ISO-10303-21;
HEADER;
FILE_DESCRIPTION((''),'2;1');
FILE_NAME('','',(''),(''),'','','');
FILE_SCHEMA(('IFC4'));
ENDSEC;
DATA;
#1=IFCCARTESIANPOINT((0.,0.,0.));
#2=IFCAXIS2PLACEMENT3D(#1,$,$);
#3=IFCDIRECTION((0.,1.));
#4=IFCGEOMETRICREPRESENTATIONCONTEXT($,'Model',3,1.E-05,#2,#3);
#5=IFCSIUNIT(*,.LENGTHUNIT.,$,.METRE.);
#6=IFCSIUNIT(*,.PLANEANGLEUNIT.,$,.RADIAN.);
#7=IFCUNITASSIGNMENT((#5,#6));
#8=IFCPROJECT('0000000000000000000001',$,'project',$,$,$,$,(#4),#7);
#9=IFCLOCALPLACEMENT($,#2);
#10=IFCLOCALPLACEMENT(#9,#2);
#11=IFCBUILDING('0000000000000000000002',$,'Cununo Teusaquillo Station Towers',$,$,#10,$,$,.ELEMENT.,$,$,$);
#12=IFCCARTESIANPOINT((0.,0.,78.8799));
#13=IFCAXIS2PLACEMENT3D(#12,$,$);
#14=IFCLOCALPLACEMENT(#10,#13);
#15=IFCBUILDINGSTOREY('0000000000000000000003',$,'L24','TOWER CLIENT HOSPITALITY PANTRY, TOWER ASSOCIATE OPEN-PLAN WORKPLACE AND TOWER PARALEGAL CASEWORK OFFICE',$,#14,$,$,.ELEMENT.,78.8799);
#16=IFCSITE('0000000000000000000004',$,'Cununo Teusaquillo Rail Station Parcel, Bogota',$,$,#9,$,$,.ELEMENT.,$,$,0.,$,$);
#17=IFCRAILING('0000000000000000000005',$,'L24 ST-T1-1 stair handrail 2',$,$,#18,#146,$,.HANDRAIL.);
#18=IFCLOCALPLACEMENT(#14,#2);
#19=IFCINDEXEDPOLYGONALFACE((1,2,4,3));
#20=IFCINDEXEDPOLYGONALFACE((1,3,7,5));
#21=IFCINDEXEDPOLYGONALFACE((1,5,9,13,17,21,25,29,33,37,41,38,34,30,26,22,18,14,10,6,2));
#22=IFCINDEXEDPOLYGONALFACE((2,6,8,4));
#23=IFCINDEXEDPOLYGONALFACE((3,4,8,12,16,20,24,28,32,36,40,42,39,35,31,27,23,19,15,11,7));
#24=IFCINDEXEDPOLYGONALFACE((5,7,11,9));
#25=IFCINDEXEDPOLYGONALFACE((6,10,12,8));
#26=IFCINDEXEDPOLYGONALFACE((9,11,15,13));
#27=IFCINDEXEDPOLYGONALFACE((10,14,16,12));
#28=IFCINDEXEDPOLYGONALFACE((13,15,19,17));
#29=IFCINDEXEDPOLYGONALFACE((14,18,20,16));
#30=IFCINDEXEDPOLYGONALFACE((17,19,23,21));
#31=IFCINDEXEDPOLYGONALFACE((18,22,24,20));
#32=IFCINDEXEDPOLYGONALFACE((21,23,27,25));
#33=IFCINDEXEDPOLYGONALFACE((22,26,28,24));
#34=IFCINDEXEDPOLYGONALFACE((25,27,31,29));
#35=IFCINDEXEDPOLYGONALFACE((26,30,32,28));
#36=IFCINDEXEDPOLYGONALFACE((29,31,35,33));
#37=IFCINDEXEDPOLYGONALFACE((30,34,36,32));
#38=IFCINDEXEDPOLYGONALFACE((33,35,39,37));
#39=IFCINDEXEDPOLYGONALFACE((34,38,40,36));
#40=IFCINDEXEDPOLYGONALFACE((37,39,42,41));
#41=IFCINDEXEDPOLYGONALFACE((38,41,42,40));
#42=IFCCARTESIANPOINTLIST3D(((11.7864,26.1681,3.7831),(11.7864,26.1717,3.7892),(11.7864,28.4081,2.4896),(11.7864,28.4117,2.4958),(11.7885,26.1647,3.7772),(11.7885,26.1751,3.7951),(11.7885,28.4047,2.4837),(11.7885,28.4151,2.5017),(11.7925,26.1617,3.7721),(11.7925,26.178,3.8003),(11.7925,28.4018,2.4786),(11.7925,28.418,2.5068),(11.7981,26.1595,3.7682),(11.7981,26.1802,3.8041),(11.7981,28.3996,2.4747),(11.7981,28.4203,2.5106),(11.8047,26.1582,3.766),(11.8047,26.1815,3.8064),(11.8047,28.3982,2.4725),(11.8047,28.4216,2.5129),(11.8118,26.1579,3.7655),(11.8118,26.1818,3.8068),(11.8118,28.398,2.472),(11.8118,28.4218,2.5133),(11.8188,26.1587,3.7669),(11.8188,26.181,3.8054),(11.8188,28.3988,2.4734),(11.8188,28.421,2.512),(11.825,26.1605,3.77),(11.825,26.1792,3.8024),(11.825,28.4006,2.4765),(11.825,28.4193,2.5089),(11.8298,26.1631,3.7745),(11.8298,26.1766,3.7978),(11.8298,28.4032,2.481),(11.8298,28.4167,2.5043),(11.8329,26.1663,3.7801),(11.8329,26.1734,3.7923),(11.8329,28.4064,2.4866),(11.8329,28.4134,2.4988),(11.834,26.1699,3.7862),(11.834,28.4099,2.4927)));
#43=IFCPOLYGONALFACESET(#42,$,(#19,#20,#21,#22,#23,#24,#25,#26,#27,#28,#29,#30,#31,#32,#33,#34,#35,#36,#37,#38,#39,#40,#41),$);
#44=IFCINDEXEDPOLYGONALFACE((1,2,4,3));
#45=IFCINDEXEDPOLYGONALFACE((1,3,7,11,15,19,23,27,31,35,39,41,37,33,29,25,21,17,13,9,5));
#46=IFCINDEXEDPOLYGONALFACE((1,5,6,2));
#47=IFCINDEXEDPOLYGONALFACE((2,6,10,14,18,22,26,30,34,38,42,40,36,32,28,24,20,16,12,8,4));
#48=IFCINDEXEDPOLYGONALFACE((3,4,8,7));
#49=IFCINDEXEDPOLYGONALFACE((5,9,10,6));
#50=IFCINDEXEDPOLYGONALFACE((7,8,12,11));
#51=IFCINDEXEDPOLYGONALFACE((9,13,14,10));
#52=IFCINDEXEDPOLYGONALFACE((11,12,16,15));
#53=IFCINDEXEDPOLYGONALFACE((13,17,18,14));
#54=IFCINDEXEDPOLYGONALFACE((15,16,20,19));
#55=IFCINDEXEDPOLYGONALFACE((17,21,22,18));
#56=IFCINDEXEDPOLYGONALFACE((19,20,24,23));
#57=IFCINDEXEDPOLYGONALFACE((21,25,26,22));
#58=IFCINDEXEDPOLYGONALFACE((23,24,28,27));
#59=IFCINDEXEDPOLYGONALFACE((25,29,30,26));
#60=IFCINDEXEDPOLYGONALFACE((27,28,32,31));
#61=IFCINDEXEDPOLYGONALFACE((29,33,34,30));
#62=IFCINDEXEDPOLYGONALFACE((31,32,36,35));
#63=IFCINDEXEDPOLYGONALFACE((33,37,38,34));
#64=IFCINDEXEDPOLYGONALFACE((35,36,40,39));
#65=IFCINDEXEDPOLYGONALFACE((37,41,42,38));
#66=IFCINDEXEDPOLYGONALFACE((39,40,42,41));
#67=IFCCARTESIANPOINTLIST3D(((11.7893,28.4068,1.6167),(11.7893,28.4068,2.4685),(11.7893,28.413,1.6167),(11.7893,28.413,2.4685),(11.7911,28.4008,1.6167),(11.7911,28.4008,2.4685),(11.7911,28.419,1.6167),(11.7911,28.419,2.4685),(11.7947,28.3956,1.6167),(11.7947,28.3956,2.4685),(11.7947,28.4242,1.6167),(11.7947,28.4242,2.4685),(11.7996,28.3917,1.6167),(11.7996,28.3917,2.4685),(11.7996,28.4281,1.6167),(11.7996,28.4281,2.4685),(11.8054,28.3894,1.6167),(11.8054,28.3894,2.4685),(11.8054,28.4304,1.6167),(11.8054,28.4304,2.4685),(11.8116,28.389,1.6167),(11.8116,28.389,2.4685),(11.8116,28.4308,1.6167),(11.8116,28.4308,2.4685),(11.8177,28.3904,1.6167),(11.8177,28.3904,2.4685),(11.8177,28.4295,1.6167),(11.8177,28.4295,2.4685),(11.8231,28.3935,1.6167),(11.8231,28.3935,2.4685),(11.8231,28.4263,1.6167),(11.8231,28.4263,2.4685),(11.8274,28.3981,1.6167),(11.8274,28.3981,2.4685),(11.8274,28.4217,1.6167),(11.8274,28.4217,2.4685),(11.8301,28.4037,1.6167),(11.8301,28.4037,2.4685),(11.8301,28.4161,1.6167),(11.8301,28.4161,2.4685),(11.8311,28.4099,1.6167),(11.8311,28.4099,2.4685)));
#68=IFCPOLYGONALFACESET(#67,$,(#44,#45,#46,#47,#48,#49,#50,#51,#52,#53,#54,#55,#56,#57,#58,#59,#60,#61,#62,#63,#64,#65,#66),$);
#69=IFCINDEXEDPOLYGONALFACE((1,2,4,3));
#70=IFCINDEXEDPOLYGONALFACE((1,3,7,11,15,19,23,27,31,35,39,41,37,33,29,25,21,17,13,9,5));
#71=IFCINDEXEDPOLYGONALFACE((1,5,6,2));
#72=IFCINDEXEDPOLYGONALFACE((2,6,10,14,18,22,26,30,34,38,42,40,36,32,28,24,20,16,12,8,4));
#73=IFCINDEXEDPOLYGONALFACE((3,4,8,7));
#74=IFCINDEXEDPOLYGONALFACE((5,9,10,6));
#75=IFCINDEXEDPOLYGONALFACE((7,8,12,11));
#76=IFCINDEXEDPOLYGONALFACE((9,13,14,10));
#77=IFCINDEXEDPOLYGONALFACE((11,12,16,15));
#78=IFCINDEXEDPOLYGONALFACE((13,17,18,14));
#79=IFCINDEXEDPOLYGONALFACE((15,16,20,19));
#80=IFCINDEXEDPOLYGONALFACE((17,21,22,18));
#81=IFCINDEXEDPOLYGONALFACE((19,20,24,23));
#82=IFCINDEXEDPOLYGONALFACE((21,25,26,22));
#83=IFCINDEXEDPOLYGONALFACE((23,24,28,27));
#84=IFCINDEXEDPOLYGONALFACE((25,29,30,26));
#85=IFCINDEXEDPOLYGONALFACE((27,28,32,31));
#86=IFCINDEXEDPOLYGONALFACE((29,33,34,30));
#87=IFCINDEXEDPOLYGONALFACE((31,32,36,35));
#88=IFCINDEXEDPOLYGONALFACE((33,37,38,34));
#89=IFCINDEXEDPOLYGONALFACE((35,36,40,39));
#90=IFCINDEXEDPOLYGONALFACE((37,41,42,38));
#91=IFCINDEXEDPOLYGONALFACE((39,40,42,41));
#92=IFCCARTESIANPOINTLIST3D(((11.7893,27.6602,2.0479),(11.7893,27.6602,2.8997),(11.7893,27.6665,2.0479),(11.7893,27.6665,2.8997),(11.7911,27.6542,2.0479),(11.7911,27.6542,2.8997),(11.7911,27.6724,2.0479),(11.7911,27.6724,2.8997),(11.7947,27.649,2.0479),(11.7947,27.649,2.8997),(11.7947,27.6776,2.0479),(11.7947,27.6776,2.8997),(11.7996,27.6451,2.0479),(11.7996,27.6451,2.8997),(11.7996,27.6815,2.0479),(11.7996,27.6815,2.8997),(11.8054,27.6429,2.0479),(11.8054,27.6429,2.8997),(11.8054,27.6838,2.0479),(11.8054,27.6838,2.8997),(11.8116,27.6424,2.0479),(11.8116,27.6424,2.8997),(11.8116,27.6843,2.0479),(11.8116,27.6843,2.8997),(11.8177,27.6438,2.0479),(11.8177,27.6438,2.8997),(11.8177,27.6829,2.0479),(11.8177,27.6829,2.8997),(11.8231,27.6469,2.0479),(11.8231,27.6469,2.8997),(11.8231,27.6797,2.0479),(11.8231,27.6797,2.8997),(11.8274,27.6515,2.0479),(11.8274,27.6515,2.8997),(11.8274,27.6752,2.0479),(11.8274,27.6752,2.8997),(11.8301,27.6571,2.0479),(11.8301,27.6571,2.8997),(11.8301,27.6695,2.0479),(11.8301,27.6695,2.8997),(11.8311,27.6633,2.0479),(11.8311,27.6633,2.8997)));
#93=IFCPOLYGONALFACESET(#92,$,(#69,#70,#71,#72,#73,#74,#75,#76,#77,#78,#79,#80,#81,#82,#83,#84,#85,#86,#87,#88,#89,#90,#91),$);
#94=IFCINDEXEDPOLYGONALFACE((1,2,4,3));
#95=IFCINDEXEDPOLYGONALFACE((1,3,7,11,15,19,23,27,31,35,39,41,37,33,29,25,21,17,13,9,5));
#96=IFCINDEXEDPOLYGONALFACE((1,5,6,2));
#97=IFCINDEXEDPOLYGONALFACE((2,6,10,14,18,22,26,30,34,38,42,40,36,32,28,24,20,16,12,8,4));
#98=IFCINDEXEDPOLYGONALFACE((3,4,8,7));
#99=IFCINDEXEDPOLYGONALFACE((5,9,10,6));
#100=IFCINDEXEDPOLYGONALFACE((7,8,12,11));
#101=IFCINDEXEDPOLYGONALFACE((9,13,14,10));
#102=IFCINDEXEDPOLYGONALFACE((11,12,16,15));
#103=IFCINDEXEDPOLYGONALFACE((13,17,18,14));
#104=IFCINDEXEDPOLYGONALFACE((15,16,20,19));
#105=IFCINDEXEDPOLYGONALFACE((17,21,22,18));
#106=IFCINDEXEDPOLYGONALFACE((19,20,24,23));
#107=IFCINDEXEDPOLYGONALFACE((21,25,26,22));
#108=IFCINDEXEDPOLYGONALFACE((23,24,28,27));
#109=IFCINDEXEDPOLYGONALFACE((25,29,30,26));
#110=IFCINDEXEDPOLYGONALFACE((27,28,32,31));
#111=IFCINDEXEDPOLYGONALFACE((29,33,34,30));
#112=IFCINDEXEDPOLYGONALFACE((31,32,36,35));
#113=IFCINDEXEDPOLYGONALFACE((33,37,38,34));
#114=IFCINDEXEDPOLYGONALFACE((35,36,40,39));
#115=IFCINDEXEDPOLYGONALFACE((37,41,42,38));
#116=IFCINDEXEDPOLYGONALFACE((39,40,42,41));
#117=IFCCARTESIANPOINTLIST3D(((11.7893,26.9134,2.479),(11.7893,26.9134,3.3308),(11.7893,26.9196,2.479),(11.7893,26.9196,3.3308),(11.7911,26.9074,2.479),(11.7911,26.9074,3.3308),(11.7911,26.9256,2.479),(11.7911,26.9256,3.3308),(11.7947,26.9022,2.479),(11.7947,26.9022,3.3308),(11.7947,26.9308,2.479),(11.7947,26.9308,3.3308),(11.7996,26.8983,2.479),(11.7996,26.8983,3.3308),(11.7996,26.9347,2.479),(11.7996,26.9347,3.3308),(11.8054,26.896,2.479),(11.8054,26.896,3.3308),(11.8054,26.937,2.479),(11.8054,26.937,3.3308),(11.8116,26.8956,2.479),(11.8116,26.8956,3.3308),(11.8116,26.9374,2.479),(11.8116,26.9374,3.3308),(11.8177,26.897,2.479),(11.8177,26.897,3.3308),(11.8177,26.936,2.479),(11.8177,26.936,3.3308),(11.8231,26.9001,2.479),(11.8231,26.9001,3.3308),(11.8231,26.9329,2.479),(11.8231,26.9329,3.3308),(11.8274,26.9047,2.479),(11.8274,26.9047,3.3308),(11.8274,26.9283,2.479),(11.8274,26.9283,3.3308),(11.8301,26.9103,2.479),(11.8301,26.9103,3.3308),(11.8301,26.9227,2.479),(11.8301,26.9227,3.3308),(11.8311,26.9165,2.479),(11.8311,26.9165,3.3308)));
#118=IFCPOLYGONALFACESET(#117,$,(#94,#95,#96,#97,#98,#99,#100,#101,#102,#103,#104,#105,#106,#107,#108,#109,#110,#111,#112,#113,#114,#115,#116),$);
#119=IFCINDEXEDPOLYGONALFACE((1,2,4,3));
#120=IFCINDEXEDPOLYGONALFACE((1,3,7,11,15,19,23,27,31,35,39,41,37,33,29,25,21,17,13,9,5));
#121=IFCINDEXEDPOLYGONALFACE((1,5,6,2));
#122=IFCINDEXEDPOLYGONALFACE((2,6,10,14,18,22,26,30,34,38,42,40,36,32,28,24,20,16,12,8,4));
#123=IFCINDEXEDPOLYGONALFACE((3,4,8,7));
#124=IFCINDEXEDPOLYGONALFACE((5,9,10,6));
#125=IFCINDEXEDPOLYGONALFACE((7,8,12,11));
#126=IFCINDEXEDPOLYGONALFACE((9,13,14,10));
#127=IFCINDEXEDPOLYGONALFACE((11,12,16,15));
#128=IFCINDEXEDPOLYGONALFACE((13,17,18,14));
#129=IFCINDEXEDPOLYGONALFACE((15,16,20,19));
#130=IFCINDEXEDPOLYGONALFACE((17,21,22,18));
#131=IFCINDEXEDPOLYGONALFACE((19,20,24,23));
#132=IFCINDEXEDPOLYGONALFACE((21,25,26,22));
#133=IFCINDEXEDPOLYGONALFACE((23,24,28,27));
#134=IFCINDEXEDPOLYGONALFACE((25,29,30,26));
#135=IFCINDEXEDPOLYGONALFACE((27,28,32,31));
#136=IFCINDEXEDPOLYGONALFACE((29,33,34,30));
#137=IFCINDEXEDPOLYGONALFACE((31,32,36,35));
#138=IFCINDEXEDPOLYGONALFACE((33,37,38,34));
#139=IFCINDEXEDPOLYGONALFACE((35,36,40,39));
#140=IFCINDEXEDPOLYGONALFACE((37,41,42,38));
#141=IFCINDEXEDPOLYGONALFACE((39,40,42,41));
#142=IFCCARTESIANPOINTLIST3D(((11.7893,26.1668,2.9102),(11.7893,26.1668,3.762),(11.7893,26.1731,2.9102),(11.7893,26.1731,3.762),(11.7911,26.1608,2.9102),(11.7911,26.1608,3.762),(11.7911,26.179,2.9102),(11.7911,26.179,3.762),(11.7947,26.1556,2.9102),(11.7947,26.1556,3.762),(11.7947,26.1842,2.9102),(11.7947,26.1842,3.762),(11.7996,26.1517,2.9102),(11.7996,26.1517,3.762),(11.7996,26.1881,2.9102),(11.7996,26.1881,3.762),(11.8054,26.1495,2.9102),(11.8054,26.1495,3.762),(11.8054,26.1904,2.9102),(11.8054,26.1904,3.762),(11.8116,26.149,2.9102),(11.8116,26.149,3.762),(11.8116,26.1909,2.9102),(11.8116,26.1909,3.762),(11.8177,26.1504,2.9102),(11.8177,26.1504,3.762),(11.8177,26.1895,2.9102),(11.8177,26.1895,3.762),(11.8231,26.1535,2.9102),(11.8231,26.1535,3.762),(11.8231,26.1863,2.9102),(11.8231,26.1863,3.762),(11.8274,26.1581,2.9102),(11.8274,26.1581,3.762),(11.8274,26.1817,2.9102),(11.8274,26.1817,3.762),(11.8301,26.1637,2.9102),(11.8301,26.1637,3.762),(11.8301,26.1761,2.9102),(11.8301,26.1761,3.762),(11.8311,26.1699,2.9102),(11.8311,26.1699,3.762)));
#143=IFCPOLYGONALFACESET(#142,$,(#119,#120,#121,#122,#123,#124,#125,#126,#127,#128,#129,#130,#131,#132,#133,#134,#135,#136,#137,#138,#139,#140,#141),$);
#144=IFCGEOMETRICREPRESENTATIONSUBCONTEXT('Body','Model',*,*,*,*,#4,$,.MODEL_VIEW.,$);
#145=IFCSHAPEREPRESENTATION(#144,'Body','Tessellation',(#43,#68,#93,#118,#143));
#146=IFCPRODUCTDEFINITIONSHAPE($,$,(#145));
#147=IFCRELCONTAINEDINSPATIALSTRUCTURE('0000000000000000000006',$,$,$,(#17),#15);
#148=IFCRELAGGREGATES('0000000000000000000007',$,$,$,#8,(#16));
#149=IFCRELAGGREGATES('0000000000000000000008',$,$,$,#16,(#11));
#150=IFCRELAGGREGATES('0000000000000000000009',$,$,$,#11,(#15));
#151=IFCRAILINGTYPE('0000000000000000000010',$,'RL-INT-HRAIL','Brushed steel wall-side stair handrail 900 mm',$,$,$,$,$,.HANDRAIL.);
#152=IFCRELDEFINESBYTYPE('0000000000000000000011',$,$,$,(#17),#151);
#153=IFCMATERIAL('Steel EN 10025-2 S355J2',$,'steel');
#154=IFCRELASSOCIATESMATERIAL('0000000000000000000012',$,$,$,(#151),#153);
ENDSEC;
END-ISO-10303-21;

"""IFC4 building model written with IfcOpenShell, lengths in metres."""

from ifc_helpers import new_model, si_unit, direction, frame, origin, origin_2d, place, context, subcontext, project, spatial, circle, extrude, material, type_object, element, save


model = new_model("IFC4")

# Units and contexts
model_context = context("Model", 3, precision=1e-05, world=origin(), true_north=direction((0.0, 1.0)))
body_context = subcontext(model_context, "Body", "Model", "MODEL_VIEW")
ifc_project = project(units=[si_unit("LENGTHUNIT", "METRE"), si_unit("PLANEANGLEUNIT", "RADIAN")], contexts=[model_context])

# Site, building, storey
site_placement = place(None, origin())
site = spatial("IfcSite", under=ifc_project, at=site_placement, Name="Cununo Teusaquillo Rail Station Parcel, Bogota", CompositionType="ELEMENT", RefElevation=0.0)
building_placement = place(site_placement, origin())
building = spatial("IfcBuilding", under=site, at=building_placement, Name="Cununo Teusaquillo Station Towers", CompositionType="ELEMENT")
storey_placement = place(building_placement, frame((0.0, 0.0, 78.8799)))
storey = spatial("IfcBuildingStorey", under=building, at=storey_placement, Name="L24", Description="TOWER CLIENT HOSPITALITY PANTRY, TOWER ASSOCIATE OPEN-PLAN WORKPLACE AND TOWER PARALEGAL CASEWORK OFFICE", CompositionType="ELEMENT", Elevation=78.8799)

# Railing
ifc_material_1 = material(Name="Steel EN 10025-2 S355J2", Category="steel")
railing_type_1 = type_object("IfcRailingType", Name="RL-INT-HRAIL", Description="Brushed steel wall-side stair handrail 900 mm", PredefinedType="HANDRAIL", material=ifc_material_1)
railing_1_placement = place(storey_placement, frame((11.8101, 28.4099, 1.6167)))
element("IfcRailing", 1, at=railing_1_placement, inside=storey, type_object=railing_type_1, Name="L24 ST-T1-1 stair handrail 2", PredefinedType="HANDRAIL", context=body_context, shape_type="SweptSolid", body=[
    extrude(circle(Radius=0.0239, at=origin_2d()), frame((0.0, 0.0, 0.876), z_axis=(0.0, -0.865992, 0.500057), x_axis=(1.0, 0.0, 0.0)), (0.0, 0.0, 1.0), 2.5867),
    extrude(circle(Radius=0.021, at=origin_2d()), origin(), (0.0, 0.0, 1.0), 0.8518),
    extrude(circle(Radius=0.021, at=origin_2d()), frame((0.0, -0.7466, 0.4312)), (0.0, 0.0, 1.0), 0.8518),
    extrude(circle(Radius=0.021, at=origin_2d()), frame((0.0, -1.4934, 0.8623)), (0.0, 0.0, 1.0), 0.8518),
    extrude(circle(Radius=0.021, at=origin_2d()), frame((0.0, -2.24, 1.2935)), (0.0, 0.0, 1.0), 0.8518),
])

save(model, "model.ifc")
